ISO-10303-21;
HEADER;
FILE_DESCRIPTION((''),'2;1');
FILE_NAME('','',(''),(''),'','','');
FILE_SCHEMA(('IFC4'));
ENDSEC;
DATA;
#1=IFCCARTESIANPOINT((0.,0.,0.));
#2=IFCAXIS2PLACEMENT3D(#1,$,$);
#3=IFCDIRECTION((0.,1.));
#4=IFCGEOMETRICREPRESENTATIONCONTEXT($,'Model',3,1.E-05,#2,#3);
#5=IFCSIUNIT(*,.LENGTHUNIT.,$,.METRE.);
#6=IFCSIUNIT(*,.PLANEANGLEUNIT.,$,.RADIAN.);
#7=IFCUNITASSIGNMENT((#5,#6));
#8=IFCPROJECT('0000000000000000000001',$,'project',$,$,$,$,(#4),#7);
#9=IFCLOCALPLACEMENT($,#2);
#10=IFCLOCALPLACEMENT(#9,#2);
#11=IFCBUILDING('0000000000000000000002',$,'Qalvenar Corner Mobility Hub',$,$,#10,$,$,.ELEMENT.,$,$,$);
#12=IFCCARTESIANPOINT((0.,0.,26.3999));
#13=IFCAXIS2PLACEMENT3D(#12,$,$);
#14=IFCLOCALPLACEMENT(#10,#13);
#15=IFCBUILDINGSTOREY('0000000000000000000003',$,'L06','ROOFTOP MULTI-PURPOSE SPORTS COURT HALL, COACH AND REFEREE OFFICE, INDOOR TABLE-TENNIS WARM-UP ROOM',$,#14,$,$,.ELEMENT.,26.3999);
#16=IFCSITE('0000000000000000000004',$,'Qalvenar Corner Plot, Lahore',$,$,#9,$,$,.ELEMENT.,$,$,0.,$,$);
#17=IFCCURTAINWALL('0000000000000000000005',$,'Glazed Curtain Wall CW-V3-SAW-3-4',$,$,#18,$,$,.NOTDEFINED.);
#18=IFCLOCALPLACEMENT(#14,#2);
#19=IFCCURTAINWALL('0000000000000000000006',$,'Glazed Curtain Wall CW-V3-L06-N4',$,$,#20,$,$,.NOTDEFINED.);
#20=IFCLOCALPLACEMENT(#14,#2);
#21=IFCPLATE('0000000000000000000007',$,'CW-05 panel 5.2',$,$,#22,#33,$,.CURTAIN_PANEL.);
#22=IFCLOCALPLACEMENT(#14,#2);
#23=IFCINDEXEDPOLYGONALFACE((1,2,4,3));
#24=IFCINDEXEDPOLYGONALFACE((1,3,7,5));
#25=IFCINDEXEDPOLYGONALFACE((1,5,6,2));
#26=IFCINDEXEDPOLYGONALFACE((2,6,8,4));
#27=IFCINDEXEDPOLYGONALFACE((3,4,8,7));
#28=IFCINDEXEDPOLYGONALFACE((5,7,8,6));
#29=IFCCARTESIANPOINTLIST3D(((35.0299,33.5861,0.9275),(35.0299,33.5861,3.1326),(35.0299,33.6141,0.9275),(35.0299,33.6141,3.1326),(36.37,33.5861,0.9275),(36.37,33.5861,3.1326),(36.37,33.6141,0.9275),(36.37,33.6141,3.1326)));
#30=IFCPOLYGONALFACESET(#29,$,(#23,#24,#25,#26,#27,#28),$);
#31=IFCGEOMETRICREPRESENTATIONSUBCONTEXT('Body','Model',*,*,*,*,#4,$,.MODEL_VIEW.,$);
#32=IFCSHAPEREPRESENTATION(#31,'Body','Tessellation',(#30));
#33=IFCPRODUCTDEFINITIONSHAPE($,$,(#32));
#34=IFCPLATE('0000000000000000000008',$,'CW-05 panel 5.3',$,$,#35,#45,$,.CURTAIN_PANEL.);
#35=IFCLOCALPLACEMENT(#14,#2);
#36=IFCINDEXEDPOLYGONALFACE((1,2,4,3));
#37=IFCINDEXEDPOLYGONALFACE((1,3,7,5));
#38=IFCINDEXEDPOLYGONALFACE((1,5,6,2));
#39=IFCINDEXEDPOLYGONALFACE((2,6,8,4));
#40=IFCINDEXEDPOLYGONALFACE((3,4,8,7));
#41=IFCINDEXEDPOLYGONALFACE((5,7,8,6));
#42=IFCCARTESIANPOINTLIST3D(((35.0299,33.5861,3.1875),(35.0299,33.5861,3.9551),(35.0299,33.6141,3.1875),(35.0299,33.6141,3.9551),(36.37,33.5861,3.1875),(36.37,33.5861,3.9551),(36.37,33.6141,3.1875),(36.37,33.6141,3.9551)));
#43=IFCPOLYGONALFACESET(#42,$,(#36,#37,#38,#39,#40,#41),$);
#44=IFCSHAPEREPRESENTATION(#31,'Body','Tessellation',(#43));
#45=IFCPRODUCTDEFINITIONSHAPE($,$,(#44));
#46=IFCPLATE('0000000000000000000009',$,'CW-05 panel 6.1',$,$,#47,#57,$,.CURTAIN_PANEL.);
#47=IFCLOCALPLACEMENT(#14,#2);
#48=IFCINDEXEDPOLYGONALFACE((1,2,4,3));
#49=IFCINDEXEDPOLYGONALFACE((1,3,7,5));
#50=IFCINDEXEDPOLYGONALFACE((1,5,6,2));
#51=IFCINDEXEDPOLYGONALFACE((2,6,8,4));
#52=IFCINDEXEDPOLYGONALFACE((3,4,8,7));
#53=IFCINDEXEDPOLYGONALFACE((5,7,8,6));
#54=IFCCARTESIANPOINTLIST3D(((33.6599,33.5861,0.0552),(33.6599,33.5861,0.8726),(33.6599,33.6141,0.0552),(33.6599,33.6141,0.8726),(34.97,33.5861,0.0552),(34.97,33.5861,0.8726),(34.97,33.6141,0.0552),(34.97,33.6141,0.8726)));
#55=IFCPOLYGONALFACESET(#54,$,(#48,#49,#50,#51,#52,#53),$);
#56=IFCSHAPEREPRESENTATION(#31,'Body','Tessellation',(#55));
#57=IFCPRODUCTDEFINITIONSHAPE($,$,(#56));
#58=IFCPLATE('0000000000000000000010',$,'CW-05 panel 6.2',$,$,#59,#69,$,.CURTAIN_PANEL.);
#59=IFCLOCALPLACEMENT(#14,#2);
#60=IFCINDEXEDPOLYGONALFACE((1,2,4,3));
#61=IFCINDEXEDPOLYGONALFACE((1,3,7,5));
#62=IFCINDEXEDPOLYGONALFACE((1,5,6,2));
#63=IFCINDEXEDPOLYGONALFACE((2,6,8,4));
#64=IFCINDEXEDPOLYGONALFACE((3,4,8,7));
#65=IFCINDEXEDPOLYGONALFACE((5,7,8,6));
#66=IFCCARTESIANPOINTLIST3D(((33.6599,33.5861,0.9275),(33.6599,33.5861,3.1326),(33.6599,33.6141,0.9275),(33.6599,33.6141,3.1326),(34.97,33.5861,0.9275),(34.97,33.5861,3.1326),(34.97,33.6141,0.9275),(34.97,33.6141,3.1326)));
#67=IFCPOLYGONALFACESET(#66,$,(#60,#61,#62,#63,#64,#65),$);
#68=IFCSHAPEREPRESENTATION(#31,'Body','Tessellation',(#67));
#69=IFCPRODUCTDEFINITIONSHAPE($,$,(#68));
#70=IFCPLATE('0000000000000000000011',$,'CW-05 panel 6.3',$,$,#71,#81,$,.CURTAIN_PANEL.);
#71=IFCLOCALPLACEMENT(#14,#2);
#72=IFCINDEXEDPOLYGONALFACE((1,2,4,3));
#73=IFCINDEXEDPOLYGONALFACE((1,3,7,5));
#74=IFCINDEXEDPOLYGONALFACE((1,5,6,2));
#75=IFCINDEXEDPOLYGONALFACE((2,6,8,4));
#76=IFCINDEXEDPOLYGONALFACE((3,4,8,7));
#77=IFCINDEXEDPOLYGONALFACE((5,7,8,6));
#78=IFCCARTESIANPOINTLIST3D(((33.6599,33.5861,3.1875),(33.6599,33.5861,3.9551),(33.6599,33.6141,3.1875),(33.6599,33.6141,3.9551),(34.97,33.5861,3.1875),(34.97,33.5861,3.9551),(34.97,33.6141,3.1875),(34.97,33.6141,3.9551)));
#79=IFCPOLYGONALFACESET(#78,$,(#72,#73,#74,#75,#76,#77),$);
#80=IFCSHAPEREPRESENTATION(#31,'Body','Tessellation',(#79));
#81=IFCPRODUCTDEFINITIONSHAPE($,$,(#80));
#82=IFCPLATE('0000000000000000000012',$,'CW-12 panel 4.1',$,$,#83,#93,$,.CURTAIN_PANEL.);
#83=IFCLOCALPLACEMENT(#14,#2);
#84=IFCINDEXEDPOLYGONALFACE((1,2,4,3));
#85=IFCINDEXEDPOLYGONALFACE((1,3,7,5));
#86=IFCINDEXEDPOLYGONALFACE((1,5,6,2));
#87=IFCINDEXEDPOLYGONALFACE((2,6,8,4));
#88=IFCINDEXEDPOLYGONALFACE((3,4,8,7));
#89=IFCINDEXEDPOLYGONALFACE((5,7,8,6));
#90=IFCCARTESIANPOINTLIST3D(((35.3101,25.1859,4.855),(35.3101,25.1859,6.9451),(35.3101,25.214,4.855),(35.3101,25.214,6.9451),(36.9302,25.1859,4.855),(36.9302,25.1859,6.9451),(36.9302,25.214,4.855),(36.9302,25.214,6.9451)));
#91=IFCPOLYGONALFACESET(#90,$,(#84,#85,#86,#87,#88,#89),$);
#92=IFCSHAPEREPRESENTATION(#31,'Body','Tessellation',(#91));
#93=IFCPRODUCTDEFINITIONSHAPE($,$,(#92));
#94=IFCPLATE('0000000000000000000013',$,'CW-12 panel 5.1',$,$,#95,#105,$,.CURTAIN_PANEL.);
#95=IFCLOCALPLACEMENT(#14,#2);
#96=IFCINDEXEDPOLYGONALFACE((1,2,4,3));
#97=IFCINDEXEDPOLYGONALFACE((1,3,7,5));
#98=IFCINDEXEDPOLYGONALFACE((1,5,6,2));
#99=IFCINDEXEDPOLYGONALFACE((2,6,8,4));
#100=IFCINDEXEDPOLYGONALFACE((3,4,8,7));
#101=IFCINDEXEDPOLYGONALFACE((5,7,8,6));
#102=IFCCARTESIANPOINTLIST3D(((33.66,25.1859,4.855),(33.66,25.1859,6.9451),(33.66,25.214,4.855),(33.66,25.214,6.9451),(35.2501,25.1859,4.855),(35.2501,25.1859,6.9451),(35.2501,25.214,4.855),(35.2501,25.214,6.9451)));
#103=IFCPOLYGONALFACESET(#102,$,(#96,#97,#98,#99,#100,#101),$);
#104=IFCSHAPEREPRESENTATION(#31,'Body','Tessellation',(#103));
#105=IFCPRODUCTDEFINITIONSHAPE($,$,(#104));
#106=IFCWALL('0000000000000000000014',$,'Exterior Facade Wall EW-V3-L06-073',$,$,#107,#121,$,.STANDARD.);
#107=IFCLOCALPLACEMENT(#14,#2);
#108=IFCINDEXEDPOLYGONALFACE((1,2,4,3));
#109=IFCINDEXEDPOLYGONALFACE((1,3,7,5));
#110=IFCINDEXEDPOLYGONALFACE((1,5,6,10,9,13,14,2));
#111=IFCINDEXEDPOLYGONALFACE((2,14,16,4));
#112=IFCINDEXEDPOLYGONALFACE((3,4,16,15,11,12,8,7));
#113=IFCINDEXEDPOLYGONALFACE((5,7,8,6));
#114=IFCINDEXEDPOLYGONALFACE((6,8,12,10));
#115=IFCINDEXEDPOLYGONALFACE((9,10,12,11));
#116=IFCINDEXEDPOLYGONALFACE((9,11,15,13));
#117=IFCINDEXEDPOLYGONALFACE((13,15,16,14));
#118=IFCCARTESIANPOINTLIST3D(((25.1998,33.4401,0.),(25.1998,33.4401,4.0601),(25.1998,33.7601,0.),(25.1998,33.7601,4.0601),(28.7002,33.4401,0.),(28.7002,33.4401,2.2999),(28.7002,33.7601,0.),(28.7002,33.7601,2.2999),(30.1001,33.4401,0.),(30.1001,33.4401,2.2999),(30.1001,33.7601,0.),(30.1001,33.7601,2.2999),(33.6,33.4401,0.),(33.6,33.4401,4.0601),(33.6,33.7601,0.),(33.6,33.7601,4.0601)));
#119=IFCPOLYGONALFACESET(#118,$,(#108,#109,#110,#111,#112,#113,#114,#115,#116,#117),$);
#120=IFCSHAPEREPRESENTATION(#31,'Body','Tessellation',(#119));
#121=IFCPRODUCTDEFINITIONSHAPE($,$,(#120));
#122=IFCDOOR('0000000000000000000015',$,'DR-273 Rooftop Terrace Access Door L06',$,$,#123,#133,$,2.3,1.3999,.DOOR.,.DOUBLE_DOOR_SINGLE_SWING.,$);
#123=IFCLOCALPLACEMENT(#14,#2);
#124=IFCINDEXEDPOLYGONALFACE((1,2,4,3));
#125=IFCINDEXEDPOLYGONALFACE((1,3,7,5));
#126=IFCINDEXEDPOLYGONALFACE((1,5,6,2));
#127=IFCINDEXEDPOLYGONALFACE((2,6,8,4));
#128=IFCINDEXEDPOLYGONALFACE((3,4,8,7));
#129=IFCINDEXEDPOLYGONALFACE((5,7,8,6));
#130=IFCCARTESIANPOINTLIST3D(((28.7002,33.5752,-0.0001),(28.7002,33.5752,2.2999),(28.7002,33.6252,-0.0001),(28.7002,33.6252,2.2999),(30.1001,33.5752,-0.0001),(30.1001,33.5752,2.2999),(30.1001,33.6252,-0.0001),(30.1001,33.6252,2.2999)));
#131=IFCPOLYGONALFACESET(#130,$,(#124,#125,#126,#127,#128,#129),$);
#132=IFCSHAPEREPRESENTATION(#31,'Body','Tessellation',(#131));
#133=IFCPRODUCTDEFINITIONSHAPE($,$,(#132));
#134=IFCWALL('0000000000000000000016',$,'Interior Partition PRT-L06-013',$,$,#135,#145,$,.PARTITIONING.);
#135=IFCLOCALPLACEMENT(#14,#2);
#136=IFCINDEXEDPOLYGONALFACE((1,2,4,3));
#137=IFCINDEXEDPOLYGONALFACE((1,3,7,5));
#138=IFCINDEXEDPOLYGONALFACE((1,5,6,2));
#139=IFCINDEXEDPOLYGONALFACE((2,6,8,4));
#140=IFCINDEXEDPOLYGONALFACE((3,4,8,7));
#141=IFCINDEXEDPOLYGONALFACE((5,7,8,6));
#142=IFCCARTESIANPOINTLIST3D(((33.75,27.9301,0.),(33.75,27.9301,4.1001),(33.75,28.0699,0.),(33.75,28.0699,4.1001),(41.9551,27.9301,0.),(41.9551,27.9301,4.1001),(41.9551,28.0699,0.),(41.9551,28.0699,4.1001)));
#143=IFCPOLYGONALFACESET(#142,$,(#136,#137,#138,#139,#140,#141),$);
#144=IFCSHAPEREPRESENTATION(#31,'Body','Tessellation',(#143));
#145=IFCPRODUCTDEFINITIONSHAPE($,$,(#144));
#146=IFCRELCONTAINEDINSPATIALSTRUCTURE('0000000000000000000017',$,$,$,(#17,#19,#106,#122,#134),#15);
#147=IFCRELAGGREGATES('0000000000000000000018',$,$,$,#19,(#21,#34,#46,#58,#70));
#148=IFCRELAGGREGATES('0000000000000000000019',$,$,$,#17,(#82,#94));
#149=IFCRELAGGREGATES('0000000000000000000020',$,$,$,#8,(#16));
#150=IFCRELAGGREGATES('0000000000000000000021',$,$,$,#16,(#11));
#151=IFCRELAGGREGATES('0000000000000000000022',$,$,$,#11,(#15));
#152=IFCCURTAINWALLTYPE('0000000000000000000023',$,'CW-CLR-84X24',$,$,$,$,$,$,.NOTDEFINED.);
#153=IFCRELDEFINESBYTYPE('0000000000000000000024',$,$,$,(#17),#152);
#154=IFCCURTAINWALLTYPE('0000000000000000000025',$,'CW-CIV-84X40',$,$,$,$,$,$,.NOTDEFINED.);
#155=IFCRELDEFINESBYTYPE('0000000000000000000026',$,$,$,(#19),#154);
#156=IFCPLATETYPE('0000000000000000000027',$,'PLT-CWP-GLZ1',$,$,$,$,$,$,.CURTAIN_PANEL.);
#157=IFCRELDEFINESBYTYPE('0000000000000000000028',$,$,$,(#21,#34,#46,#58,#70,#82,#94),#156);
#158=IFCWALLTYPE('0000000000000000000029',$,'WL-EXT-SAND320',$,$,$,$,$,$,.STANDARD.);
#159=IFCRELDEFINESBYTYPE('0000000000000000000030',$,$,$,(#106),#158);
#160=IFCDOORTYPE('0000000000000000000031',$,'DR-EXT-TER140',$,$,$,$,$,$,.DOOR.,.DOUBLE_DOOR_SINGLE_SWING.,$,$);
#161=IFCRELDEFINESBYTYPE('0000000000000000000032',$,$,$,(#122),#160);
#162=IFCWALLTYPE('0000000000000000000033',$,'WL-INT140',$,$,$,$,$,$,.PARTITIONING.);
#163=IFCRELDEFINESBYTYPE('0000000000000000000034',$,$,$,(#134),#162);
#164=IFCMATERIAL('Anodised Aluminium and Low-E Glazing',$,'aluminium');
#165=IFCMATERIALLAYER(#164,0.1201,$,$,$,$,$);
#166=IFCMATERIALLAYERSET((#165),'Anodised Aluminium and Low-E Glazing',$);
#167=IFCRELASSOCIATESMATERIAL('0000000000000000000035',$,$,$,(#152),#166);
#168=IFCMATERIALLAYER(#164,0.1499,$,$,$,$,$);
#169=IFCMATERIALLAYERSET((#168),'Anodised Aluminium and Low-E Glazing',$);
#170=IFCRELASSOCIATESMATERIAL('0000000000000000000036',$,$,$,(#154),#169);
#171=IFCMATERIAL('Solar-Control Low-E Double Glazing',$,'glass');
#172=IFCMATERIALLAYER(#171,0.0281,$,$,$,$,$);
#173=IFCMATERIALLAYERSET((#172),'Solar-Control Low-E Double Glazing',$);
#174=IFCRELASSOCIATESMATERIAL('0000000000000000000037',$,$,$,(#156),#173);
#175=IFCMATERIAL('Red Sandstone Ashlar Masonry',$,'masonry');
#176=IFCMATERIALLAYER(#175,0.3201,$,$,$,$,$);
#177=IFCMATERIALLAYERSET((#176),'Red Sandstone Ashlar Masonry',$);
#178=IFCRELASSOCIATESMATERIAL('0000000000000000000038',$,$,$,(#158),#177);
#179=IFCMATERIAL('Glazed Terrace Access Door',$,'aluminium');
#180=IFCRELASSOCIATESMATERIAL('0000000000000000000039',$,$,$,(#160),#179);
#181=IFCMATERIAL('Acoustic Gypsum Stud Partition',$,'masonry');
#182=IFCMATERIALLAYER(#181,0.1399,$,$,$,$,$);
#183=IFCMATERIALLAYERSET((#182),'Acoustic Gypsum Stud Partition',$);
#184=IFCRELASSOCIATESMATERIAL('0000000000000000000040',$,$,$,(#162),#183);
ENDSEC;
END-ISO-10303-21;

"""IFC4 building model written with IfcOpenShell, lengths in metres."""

from ifc_helpers import new_model, si_unit, direction, frame, frame_2d, origin, origin_2d, place, context, subcontext, project, spatial, rectangle, extrude, material, layer, layer_set, type_object, element, fill, aggregate, save


model = new_model("IFC4")

# Units and contexts
model_context = context("Model", 3, precision=1e-05, world=origin(), true_north=direction((0.0, 1.0)))
body_context = subcontext(model_context, "Body", "Model", "MODEL_VIEW")
ifc_project = project(units=[si_unit("LENGTHUNIT", "METRE"), si_unit("PLANEANGLEUNIT", "RADIAN")], contexts=[model_context])

# Site, building, storey
site_placement = place(None, origin())
site = spatial("IfcSite", under=ifc_project, at=site_placement, Name="Qalvenar Corner Plot, Lahore", CompositionType="ELEMENT", RefElevation=0.0)
building_placement = place(site_placement, origin())
building = spatial("IfcBuilding", under=site, at=building_placement, Name="Qalvenar Corner Mobility Hub", CompositionType="ELEMENT")
storey_placement = place(building_placement, frame((0.0, 0.0, 26.3999)))
storey = spatial("IfcBuildingStorey", under=building, at=storey_placement, Name="L06", Description="ROOFTOP MULTI-PURPOSE SPORTS COURT HALL, COACH AND REFEREE OFFICE, INDOOR TABLE-TENNIS WARM-UP ROOM", CompositionType="ELEMENT", Elevation=26.3999)

# Curtain walls
ifc_material_1 = material(Name="Anodised Aluminium and Low-E Glazing", Category="aluminium")
ifc_layer_1 = layer(ifc_material_1, 0.1201)
ifc_layer_set_1 = layer_set([ifc_layer_1], Name="Anodised Aluminium and Low-E Glazing")
curtain_wall_type_1 = type_object("IfcCurtainWallType", Name="CW-CLR-84X24", PredefinedType="NOTDEFINED", material=ifc_layer_set_1)
curtain_wall_1_placement = place(storey_placement, origin())
curtain_wall_1 = element("IfcCurtainWall", 1, at=curtain_wall_1_placement, inside=storey, type_object=curtain_wall_type_1, Name="Glazed Curtain Wall CW-V3-SAW-3-4", PredefinedType="NOTDEFINED")
ifc_layer_2 = layer(ifc_material_1, 0.1499)
ifc_layer_set_2 = layer_set([ifc_layer_2], Name="Anodised Aluminium and Low-E Glazing")
curtain_wall_type_2 = type_object("IfcCurtainWallType", Name="CW-CIV-84X40", PredefinedType="NOTDEFINED", material=ifc_layer_set_2)
curtain_wall_2_placement = place(storey_placement, origin())
curtain_wall_2 = element("IfcCurtainWall", 2, at=curtain_wall_2_placement, inside=storey, type_object=curtain_wall_type_2, Name="Glazed Curtain Wall CW-V3-L06-N4", PredefinedType="NOTDEFINED")

# Plates
ifc_material_2 = material(Name="Solar-Control Low-E Double Glazing", Category="glass")
ifc_layer_3 = layer(ifc_material_2, 0.0281)
ifc_layer_set_3 = layer_set([ifc_layer_3], Name="Solar-Control Low-E Double Glazing")
plate_type = type_object("IfcPlateType", Name="PLT-CWP-GLZ1", PredefinedType="CURTAIN_PANEL", material=ifc_layer_set_3)
plate_1_placement = place(storey_placement, frame((35.7, 33.6001, 0.9275), z_axis=(0.0, 0.0, 1.0), x_axis=(-1.0, 0.0, 0.0)))
plate_1 = element("IfcPlate", 3, at=plate_1_placement, type_object=plate_type, Name="CW-05 panel 5.2", PredefinedType="CURTAIN_PANEL", context=body_context, shape_type="SweptSolid", body=[
    extrude(rectangle(XDim=1.3401, YDim=0.0281, at=origin_2d()), origin(), (0.0, 0.0, 1.0), 2.2051),
])
plate_2_placement = place(storey_placement, frame((35.7, 33.6001, 3.1875), z_axis=(0.0, 0.0, 1.0), x_axis=(-1.0, 0.0, 0.0)))
plate_2 = element("IfcPlate", 4, at=plate_2_placement, type_object=plate_type, Name="CW-05 panel 5.3", PredefinedType="CURTAIN_PANEL", context=body_context, shape_type="SweptSolid", body=[
    extrude(rectangle(XDim=1.3401, YDim=0.0281, at=origin_2d()), origin(), (0.0, 0.0, 1.0), 0.7676),
])
plate_3_placement = place(storey_placement, frame((34.3149, 33.6001, 0.0552), z_axis=(0.0, 0.0, 1.0), x_axis=(-1.0, 0.0, 0.0)))
plate_3 = element("IfcPlate", 5, at=plate_3_placement, type_object=plate_type, Name="CW-05 panel 6.1", PredefinedType="CURTAIN_PANEL", context=body_context, shape_type="SweptSolid", body=[
    extrude(rectangle(XDim=1.3101, YDim=0.0281, at=origin_2d()), origin(), (0.0, 0.0, 1.0), 0.8174),
])
plate_4_placement = place(storey_placement, frame((34.3149, 33.6001, 0.9275), z_axis=(0.0, 0.0, 1.0), x_axis=(-1.0, 0.0, 0.0)))
plate_4 = element("IfcPlate", 6, at=plate_4_placement, type_object=plate_type, Name="CW-05 panel 6.2", PredefinedType="CURTAIN_PANEL", context=body_context, shape_type="SweptSolid", body=[
    extrude(rectangle(XDim=1.3101, YDim=0.0281, at=origin_2d()), origin(), (0.0, 0.0, 1.0), 2.2051),
])
plate_5_placement = place(storey_placement, frame((34.3149, 33.6001, 3.1875), z_axis=(0.0, 0.0, 1.0), x_axis=(-1.0, 0.0, 0.0)))
plate_5 = element("IfcPlate", 7, at=plate_5_placement, type_object=plate_type, Name="CW-05 panel 6.3", PredefinedType="CURTAIN_PANEL", context=body_context, shape_type="SweptSolid", body=[
    extrude(rectangle(XDim=1.3101, YDim=0.0281, at=origin_2d()), origin(), (0.0, 0.0, 1.0), 0.7676),
])
aggregate(curtain_wall_2, [plate_1, plate_2, plate_3, plate_4, plate_5])
plate_6_placement = place(storey_placement, frame((36.1201, 25.2, 4.855), z_axis=(0.0, 0.0, 1.0), x_axis=(-1.0, 0.0, 0.0)))
plate_6 = element("IfcPlate", 8, at=plate_6_placement, type_object=plate_type, Name="CW-12 panel 4.1", PredefinedType="CURTAIN_PANEL", context=body_context, shape_type="SweptSolid", body=[
    extrude(rectangle(XDim=1.6201, YDim=0.0281, at=origin_2d()), origin(), (0.0, 0.0, 1.0), 2.0901),
])
plate_7_placement = place(storey_placement, frame((34.4551, 25.2, 4.855), z_axis=(0.0, 0.0, 1.0), x_axis=(-1.0, 0.0, 0.0)))
plate_7 = element("IfcPlate", 9, at=plate_7_placement, type_object=plate_type, Name="CW-12 panel 5.1", PredefinedType="CURTAIN_PANEL", context=body_context, shape_type="SweptSolid", body=[
    extrude(rectangle(XDim=1.5901, YDim=0.0281, at=origin_2d()), origin(), (0.0, 0.0, 1.0), 2.0901),
])
aggregate(curtain_wall_1, [plate_6, plate_7])

# Wall, opening, door
ifc_material_3 = material(Name="Red Sandstone Ashlar Masonry", Category="masonry")
ifc_layer_4 = layer(ifc_material_3, 0.3201)
ifc_layer_set_4 = layer_set([ifc_layer_4], Name="Red Sandstone Ashlar Masonry")
wall_type_1 = type_object("IfcWallType", Name="WL-EXT-SAND320", PredefinedType="STANDARD", material=ifc_layer_set_4)
wall_1_placement = place(storey_placement, frame((33.6001, 33.6001, 0.0), z_axis=(0.0, 0.0, 1.0), x_axis=(-1.0, 0.0, 0.0)))
wall_1 = element("IfcWall", 10, at=wall_1_placement, inside=storey, type_object=wall_type_1, Name="Exterior Facade Wall EW-V3-L06-073", PredefinedType="STANDARD", context=body_context, shape_type="SweptSolid", body=[
    extrude(rectangle(XDim=8.4001, YDim=0.3201, at=frame_2d((4.2002, 0.0))), origin(), (0.0, 0.0, 1.0), 4.0601),
])
opening_placement = place(wall_1_placement, frame((3.5, 0.0, 0.0)))
opening = element("IfcOpeningElement", 11, at=opening_placement, cuts=wall_1, PredefinedType="OPENING", context=body_context, shape_type="SweptSolid", body=[
    extrude(rectangle(XDim=1.3999, YDim=2.3, at=frame_2d((0.7, 1.1499))), frame((0.0, 0.1699, 0.0), z_axis=(0.0, -1.0, 0.0), x_axis=(1.0, 0.0, 0.0)), (0.0, 0.0, 1.0), 0.3401),
])
ifc_material_4 = material(Name="Glazed Terrace Access Door", Category="aluminium")
door_type = type_object("IfcDoorType", Name="DR-EXT-TER140", OperationType="DOUBLE_DOOR_SINGLE_SWING", PredefinedType="DOOR", material=ifc_material_4)
door_placement = place(opening_placement, origin())
door = element("IfcDoor", 12, at=door_placement, inside=storey, type_object=door_type, Name="DR-273 Rooftop Terrace Access Door L06", OperationType="DOUBLE_DOOR_SINGLE_SWING", OverallHeight=2.3, OverallWidth=1.3999, PredefinedType="DOOR", context=body_context, shape_type="SweptSolid", body=[
    extrude(rectangle(XDim=1.3999, YDim=2.3, at=frame_2d((0.7, 1.1499))), frame((0.0, 0.0249, 0.0), z_axis=(0.0, -1.0, 0.0), x_axis=(1.0, 0.0, 0.0)), (0.0, 0.0, 1.0), 0.05),
])
fill(opening, door)

# Wall
ifc_material_5 = material(Name="Acoustic Gypsum Stud Partition", Category="masonry")
ifc_layer_5 = layer(ifc_material_5, 0.1399)
ifc_layer_set_5 = layer_set([ifc_layer_5], Name="Acoustic Gypsum Stud Partition")
wall_type_2 = type_object("IfcWallType", Name="WL-INT140", PredefinedType="PARTITIONING", material=ifc_layer_set_5)
wall_2_placement = place(storey_placement, frame((33.75, 28.0, 0.0), z_axis=(0.0, 0.0, 1.0), x_axis=(1.0, 0.0, 0.0)))
element("IfcWall", 13, at=wall_2_placement, inside=storey, type_object=wall_type_2, Name="Interior Partition PRT-L06-013", PredefinedType="PARTITIONING", context=body_context, shape_type="SweptSolid", body=[
    extrude(rectangle(XDim=8.2051, YDim=0.1399, at=frame_2d((4.1025, 0.0))), origin(), (0.0, 0.0, 1.0), 4.1001),
])

save(model, "model.ifc")
